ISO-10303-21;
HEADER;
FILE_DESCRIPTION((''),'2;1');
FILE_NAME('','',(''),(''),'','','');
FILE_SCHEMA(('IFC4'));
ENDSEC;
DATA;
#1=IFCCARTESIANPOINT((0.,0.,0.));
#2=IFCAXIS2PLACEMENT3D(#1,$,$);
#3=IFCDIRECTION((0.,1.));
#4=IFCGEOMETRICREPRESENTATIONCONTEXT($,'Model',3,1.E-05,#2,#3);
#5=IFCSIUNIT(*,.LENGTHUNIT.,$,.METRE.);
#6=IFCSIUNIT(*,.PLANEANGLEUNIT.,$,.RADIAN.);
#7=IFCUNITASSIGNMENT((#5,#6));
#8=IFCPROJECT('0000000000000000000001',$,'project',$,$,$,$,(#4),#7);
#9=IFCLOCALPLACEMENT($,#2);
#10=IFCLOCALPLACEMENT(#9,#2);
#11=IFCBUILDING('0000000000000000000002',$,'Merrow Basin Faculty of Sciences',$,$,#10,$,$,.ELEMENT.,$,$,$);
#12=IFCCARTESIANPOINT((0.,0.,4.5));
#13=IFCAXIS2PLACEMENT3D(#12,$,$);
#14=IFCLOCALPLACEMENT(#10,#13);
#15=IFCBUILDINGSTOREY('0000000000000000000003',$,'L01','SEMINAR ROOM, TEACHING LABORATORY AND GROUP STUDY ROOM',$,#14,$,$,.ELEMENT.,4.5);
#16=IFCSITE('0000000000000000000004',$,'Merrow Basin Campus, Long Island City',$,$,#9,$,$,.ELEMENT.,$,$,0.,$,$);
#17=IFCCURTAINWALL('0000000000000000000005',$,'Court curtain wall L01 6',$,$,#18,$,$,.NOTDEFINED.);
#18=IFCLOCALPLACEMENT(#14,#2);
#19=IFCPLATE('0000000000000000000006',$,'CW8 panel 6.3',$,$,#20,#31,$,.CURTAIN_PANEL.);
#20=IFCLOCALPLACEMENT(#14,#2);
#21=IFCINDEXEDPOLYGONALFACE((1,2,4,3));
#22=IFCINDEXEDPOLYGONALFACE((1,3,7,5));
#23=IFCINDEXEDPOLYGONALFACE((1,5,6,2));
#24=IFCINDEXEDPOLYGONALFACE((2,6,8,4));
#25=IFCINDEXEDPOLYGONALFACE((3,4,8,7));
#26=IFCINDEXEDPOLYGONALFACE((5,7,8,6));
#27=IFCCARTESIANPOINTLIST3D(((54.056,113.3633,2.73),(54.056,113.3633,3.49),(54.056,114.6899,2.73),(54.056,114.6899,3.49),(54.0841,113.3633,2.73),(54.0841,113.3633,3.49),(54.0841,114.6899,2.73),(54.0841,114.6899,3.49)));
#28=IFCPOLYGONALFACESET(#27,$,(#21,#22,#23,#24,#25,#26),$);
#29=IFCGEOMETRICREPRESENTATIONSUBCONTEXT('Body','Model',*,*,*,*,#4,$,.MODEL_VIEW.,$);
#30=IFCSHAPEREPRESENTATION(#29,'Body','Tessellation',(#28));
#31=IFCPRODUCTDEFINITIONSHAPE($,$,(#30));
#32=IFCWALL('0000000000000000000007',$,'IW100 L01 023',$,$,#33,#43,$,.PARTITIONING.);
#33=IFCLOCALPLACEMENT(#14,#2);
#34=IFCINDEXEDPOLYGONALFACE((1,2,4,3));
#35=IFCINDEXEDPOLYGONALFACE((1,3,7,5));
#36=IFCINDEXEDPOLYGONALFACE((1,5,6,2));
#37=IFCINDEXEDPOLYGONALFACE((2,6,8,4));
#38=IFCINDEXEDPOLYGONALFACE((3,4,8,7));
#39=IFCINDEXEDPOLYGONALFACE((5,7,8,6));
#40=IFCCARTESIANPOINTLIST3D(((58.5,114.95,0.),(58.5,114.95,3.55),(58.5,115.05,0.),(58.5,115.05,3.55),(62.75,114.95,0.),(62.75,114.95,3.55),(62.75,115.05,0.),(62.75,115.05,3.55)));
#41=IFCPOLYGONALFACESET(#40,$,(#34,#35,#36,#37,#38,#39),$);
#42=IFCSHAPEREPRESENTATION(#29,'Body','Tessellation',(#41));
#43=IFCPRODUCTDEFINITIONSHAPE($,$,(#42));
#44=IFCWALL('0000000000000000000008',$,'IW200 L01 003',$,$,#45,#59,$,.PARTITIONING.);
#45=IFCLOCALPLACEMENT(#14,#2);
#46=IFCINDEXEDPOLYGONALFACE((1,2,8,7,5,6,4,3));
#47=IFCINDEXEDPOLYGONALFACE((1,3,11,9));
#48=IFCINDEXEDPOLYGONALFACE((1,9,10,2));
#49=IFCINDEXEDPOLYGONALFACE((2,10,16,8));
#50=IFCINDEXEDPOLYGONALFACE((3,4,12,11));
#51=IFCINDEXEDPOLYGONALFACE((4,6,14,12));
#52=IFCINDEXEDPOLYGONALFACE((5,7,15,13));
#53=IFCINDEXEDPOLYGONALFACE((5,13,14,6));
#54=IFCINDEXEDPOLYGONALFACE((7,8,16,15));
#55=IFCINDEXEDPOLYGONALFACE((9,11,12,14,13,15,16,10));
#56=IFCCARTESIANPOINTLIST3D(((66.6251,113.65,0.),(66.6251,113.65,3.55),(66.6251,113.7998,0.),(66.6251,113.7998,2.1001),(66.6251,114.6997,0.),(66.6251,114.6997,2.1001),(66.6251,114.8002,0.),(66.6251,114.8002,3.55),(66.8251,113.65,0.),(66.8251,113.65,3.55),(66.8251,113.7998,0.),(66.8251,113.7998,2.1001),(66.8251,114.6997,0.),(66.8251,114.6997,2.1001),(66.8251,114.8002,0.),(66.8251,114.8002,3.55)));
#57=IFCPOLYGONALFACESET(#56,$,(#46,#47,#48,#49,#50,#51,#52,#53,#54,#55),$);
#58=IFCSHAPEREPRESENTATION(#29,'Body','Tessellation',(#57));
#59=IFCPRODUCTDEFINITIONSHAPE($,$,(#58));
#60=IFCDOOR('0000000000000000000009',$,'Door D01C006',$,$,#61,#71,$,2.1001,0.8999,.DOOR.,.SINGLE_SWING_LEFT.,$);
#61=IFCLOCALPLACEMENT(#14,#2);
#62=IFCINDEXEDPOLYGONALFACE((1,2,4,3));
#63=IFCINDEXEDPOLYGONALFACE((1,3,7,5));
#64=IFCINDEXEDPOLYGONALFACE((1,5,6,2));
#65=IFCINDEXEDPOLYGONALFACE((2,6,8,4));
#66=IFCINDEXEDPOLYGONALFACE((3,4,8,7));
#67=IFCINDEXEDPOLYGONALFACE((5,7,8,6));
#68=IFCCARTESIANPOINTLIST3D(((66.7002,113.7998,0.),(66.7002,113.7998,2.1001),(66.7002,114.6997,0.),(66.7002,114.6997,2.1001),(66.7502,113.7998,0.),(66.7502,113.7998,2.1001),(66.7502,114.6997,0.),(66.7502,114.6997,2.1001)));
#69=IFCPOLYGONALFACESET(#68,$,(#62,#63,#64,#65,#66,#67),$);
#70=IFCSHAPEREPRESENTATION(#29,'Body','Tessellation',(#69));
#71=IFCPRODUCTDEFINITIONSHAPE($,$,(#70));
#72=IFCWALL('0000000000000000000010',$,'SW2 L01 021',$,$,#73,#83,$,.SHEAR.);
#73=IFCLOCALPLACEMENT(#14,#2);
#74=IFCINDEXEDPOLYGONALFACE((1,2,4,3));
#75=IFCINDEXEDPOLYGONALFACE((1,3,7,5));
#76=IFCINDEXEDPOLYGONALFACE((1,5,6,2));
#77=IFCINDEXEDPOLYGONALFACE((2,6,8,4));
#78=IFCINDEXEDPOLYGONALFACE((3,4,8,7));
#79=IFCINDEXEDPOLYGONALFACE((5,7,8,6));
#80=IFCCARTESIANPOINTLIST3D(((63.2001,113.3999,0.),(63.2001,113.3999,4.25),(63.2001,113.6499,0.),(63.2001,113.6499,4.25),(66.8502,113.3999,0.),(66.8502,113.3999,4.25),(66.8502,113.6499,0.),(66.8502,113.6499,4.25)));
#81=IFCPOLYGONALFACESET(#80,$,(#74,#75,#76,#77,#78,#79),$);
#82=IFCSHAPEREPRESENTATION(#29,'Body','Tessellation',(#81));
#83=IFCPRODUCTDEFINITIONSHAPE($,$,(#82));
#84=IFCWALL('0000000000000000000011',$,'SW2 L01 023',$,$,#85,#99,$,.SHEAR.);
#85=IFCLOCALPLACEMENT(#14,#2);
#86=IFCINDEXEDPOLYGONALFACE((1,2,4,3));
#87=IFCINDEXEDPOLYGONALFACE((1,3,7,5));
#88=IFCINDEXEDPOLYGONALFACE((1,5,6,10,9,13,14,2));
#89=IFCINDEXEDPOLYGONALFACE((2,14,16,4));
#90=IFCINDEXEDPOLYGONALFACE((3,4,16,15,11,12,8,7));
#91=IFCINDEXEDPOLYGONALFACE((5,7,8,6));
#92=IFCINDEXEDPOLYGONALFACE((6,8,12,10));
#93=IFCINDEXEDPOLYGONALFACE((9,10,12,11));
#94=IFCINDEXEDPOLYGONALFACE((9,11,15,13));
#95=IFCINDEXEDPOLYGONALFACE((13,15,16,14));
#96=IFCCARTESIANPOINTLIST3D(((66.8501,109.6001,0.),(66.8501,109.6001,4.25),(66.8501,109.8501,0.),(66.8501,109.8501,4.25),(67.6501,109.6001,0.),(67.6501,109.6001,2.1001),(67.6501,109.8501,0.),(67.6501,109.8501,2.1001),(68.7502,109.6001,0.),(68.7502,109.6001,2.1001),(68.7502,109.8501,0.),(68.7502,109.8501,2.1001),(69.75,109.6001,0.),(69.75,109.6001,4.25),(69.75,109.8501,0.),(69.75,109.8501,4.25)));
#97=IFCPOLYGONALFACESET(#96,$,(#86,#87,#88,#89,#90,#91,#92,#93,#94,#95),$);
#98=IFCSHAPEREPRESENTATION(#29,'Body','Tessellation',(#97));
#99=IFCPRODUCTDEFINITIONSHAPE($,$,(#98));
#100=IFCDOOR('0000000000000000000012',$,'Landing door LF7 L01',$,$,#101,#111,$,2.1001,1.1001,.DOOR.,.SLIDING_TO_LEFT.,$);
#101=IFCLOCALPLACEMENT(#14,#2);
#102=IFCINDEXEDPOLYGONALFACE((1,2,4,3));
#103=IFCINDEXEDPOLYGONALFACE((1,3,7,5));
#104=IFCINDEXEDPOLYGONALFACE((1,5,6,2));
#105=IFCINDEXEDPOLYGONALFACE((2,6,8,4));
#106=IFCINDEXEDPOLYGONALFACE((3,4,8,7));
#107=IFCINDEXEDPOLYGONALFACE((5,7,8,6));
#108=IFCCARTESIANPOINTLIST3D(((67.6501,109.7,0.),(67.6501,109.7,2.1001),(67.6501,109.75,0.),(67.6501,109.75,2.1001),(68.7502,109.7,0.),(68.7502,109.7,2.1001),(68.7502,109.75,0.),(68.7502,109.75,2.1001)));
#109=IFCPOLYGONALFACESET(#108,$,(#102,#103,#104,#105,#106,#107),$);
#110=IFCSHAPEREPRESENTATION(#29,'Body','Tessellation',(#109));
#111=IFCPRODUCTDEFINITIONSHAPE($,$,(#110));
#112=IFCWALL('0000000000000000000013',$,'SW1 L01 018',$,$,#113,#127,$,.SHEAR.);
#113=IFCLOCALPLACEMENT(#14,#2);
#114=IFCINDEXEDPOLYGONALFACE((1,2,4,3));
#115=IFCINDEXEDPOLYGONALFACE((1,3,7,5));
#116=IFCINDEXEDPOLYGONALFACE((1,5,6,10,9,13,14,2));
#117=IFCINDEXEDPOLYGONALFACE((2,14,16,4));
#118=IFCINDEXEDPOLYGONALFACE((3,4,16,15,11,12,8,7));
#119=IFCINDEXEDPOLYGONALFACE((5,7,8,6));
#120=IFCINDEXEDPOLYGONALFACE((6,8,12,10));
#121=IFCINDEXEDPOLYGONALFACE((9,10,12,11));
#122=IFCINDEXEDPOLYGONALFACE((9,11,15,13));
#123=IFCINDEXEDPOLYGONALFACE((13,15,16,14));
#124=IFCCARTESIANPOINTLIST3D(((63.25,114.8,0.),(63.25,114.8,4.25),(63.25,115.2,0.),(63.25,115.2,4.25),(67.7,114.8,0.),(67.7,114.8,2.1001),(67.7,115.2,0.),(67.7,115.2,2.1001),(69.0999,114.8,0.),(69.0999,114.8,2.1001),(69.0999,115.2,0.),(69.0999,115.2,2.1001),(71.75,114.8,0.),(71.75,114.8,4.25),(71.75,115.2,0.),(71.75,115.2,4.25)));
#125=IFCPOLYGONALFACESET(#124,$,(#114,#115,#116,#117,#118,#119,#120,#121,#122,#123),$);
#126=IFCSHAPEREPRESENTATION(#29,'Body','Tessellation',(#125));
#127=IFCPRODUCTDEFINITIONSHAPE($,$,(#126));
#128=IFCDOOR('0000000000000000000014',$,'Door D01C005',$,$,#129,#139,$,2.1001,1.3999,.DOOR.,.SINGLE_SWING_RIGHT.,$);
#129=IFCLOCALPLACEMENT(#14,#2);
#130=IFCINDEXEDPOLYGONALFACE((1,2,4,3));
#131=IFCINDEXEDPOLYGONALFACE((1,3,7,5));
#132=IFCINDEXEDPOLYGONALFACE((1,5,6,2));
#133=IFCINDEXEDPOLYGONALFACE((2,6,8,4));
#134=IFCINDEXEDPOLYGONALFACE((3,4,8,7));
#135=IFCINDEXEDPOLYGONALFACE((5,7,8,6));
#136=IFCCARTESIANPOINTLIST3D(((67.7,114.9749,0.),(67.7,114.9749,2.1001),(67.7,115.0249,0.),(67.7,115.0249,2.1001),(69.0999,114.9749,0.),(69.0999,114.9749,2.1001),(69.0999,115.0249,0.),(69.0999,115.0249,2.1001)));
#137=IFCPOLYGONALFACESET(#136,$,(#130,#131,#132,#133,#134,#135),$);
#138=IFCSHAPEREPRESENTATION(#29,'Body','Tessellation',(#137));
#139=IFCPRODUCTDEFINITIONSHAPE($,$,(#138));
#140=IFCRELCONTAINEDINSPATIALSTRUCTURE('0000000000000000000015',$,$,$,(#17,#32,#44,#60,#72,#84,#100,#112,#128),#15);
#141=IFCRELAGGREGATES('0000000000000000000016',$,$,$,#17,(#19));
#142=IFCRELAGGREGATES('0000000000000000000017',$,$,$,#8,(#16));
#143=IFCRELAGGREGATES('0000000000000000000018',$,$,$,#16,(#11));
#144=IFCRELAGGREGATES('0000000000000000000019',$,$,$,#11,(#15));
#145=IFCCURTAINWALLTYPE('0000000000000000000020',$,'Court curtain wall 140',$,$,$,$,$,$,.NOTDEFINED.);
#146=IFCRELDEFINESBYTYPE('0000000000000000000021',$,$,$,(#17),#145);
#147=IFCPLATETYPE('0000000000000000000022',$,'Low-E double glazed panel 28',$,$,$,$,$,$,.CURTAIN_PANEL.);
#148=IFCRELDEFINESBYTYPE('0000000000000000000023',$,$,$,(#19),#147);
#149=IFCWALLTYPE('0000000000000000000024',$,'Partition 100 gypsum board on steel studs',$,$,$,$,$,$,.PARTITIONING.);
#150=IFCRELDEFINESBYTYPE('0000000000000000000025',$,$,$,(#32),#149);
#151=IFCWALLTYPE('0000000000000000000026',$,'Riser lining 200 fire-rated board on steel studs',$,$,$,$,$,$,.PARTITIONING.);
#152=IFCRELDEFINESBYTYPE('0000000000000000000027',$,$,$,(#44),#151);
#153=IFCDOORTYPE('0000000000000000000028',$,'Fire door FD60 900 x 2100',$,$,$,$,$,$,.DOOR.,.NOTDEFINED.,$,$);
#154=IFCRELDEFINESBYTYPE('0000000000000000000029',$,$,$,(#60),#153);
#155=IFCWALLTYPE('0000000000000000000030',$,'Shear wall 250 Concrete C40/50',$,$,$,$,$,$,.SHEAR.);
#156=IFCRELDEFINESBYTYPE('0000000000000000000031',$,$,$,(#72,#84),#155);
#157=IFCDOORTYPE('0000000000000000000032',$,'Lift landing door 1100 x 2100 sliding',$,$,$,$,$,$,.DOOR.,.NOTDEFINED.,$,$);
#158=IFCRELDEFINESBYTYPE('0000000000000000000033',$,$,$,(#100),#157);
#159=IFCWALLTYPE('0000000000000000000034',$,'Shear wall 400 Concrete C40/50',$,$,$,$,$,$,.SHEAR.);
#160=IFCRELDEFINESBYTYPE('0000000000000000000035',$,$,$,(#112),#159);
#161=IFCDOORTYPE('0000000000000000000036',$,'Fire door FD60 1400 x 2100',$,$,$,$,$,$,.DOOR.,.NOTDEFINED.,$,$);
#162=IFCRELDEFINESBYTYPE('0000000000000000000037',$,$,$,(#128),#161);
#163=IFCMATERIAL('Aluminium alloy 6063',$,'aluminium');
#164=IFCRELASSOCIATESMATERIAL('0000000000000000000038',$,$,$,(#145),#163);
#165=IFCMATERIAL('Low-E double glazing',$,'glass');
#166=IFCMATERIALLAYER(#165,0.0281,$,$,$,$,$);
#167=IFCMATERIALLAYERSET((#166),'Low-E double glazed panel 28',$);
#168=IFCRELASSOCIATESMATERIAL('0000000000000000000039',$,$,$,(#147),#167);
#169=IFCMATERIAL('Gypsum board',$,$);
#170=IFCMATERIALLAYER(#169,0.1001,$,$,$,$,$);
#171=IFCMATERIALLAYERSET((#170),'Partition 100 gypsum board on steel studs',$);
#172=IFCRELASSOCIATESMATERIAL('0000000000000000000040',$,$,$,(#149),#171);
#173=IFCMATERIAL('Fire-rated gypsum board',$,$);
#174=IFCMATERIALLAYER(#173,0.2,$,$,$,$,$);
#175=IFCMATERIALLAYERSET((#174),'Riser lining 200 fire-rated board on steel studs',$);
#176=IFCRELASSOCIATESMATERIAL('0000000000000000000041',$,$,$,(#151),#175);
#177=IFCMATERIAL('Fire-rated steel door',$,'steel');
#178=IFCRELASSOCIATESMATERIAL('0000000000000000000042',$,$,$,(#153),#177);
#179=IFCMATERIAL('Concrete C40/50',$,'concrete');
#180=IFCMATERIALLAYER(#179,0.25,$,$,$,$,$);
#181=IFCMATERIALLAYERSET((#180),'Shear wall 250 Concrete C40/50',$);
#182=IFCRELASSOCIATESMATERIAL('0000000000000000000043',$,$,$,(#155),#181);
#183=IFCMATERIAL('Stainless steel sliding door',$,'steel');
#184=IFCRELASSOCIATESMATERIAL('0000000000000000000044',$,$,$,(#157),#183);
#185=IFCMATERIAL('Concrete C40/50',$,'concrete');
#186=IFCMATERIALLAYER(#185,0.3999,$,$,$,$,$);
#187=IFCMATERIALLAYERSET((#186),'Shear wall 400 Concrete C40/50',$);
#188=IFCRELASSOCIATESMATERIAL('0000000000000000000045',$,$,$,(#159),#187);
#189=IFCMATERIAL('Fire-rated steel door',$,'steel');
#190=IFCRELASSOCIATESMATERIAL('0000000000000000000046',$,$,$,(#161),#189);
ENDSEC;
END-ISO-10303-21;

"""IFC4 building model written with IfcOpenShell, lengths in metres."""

from ifc_helpers import new_model, si_unit, direction, frame, frame_2d, origin, origin_2d, place, context, subcontext, project, spatial, rectangle, extrude, material, layer, layer_set, type_object, element, fill, aggregate, save


model = new_model("IFC4")

# Units and contexts
model_context = context("Model", 3, precision=1e-05, world=origin(), true_north=direction((0.0, 1.0)))
body_context = subcontext(model_context, "Body", "Model", "MODEL_VIEW")
ifc_project = project(units=[si_unit("LENGTHUNIT", "METRE"), si_unit("PLANEANGLEUNIT", "RADIAN")], contexts=[model_context])

# Site, building, storey
site_placement = place(None, origin())
site = spatial("IfcSite", under=ifc_project, at=site_placement, Name="Merrow Basin Campus, Long Island City", CompositionType="ELEMENT", RefElevation=0.0)
building_placement = place(site_placement, origin())
building = spatial("IfcBuilding", under=site, at=building_placement, Name="Merrow Basin Faculty of Sciences", CompositionType="ELEMENT")
storey_placement = place(building_placement, frame((0.0, 0.0, 4.5)))
storey = spatial("IfcBuildingStorey", under=building, at=storey_placement, Name="L01", Description="SEMINAR ROOM, TEACHING LABORATORY AND GROUP STUDY ROOM", CompositionType="ELEMENT", Elevation=4.5)

# Curtain wall
ifc_material_1 = material(Name="Aluminium alloy 6063", Category="aluminium")
curtain_wall_type = type_object("IfcCurtainWallType", Name="Court curtain wall 140", PredefinedType="NOTDEFINED", material=ifc_material_1)
curtain_wall_placement = place(storey_placement, origin())
curtain_wall = element("IfcCurtainWall", 1, at=curtain_wall_placement, inside=storey, type_object=curtain_wall_type, Name="Court curtain wall L01 6", PredefinedType="NOTDEFINED")

# Plate
ifc_material_2 = material(Name="Low-E double glazing", Category="glass")
ifc_layer_1 = layer(ifc_material_2, 0.0281)
ifc_layer_set_1 = layer_set([ifc_layer_1], Name="Low-E double glazed panel 28")
plate_type_1 = type_object("IfcPlateType", Name="Low-E double glazed panel 28", PredefinedType="CURTAIN_PANEL", material=ifc_layer_set_1)
plate_1_placement = place(storey_placement, frame((54.0701, 114.0266, 2.73), z_axis=(0.0, 0.0, 1.0), x_axis=(0.0, 1.0, 0.0)))
plate_1 = element("IfcPlate", 2, at=plate_1_placement, type_object=plate_type_1, Name="CW8 panel 6.3", PredefinedType="CURTAIN_PANEL", context=body_context, shape_type="SweptSolid", body=[
    extrude(rectangle(XDim=1.3267, YDim=0.0281, at=origin_2d()), origin(), (0.0, 0.0, 1.0), 0.76),
])
aggregate(curtain_wall, [plate_1])

# Wall
ifc_material_3 = material(Name="Gypsum board")
ifc_layer_2 = layer(ifc_material_3, 0.1001)
ifc_layer_set_2 = layer_set([ifc_layer_2], Name="Partition 100 gypsum board on steel studs")
wall_type_1 = type_object("IfcWallType", Name="Partition 100 gypsum board on steel studs", PredefinedType="PARTITIONING", material=ifc_layer_set_2)
wall_1_placement = place(storey_placement, frame((58.5, 115.0, 0.0), z_axis=(0.0, 0.0, 1.0), x_axis=(1.0, 0.0, 0.0)))
element("IfcWall", 3, at=wall_1_placement, inside=storey, type_object=wall_type_1, Name="IW100 L01 023", PredefinedType="PARTITIONING", context=body_context, shape_type="SweptSolid", body=[
    extrude(rectangle(XDim=4.25, YDim=0.1001, at=frame_2d((2.125, 0.0))), origin(), (0.0, 0.0, 1.0), 3.55),
])

# Wall, opening, door
ifc_material_4 = material(Name="Fire-rated gypsum board")
ifc_layer_3 = layer(ifc_material_4, 0.2)
ifc_layer_set_3 = layer_set([ifc_layer_3], Name="Riser lining 200 fire-rated board on steel studs")
wall_type_2 = type_object("IfcWallType", Name="Riser lining 200 fire-rated board on steel studs", PredefinedType="PARTITIONING", material=ifc_layer_set_3)
wall_2_placement = place(storey_placement, frame((66.7251, 113.6499, 0.0), z_axis=(0.0, 0.0, 1.0), x_axis=(0.0, 1.0, 0.0)))
wall_2 = element("IfcWall", 4, at=wall_2_placement, inside=storey, type_object=wall_type_2, Name="IW200 L01 003", PredefinedType="PARTITIONING", context=body_context, shape_type="SweptSolid", body=[
    extrude(rectangle(XDim=1.1501, YDim=0.2, at=frame_2d((0.5752, 0.0))), origin(), (0.0, 0.0, 1.0), 3.55),
])
opening_1_placement = place(wall_2_placement, frame((0.1499, 0.0, 0.0)))
opening_1 = element("IfcOpeningElement", 5, at=opening_1_placement, cuts=wall_2, PredefinedType="OPENING", context=body_context, shape_type="SweptSolid", body=[
    extrude(rectangle(XDim=0.8999, YDim=2.1001, at=frame_2d((0.45, 1.05))), frame((0.0, 0.1099, 0.0), z_axis=(0.0, -1.0, 0.0), x_axis=(1.0, 0.0, 0.0)), (0.0, 0.0, 1.0), 0.22),
])
ifc_material_5 = material(Name="Fire-rated steel door", Category="steel")
door_type_1 = type_object("IfcDoorType", Name="Fire door FD60 900 x 2100", OperationType="NOTDEFINED", PredefinedType="DOOR", material=ifc_material_5)
door_1_placement = place(opening_1_placement, origin())
door_1 = element("IfcDoor", 6, at=door_1_placement, inside=storey, type_object=door_type_1, Name="Door D01C006", OperationType="SINGLE_SWING_LEFT", OverallHeight=2.1001, OverallWidth=0.8999, PredefinedType="DOOR", context=body_context, shape_type="SweptSolid", body=[
    extrude(rectangle(XDim=0.8999, YDim=2.1001, at=frame_2d((0.45, 1.05))), frame((0.0, 0.0249, 0.0), z_axis=(0.0, -1.0, 0.0), x_axis=(1.0, 0.0, 0.0)), (0.0, 0.0, 1.0), 0.05),
])
fill(opening_1, door_1)

# Wall
ifc_material_6 = material(Name="Concrete C40/50", Category="concrete")
ifc_layer_4 = layer(ifc_material_6, 0.25)
ifc_layer_set_4 = layer_set([ifc_layer_4], Name="Shear wall 250 Concrete C40/50")
wall_type_3 = type_object("IfcWallType", Name="Shear wall 250 Concrete C40/50", PredefinedType="SHEAR", material=ifc_layer_set_4)
wall_3_placement = place(storey_placement, frame((63.2, 113.5249, 0.0), z_axis=(0.0, 0.0, 1.0), x_axis=(1.0, 0.0, 0.0)))
element("IfcWall", 7, at=wall_3_placement, inside=storey, type_object=wall_type_3, Name="SW2 L01 021", PredefinedType="SHEAR", context=body_context, shape_type="SweptSolid", body=[
    extrude(rectangle(XDim=3.6501, YDim=0.25, at=frame_2d((1.8252, 0.0))), origin(), (0.0, 0.0, 1.0), 4.25),
])

# Walls, openings, doors
wall_4_placement = place(storey_placement, frame((66.8501, 109.7251, 0.0), z_axis=(0.0, 0.0, 1.0), x_axis=(1.0, 0.0, 0.0)))
wall_4 = element("IfcWall", 8, at=wall_4_placement, inside=storey, type_object=wall_type_3, Name="SW2 L01 023", PredefinedType="SHEAR", context=body_context, shape_type="SweptSolid", body=[
    extrude(rectangle(XDim=2.8999, YDim=0.25, at=frame_2d((1.45, 0.0))), origin(), (0.0, 0.0, 1.0), 4.25),
])
opening_2_placement = place(wall_4_placement, frame((0.8, 0.0, 0.0)))
opening_2 = element("IfcOpeningElement", 9, at=opening_2_placement, cuts=wall_4, PredefinedType="OPENING", context=body_context, shape_type="SweptSolid", body=[
    extrude(rectangle(XDim=1.1001, YDim=2.1001, at=frame_2d((0.55, 1.05))), frame((0.0, 0.135, 0.0), z_axis=(0.0, -1.0, 0.0), x_axis=(1.0, 0.0, 0.0)), (0.0, 0.0, 1.0), 0.27),
])
ifc_material_7 = material(Name="Stainless steel sliding door", Category="steel")
door_type_2 = type_object("IfcDoorType", Name="Lift landing door 1100 x 2100 sliding", OperationType="NOTDEFINED", PredefinedType="DOOR", material=ifc_material_7)
door_2_placement = place(opening_2_placement, origin())
door_2 = element("IfcDoor", 10, at=door_2_placement, inside=storey, type_object=door_type_2, Name="Landing door LF7 L01", OperationType="SLIDING_TO_LEFT", OverallHeight=2.1001, OverallWidth=1.1001, PredefinedType="DOOR", context=body_context, shape_type="SweptSolid", body=[
    extrude(rectangle(XDim=1.1001, YDim=2.1001, at=frame_2d((0.55, 1.05))), frame((0.0, 0.0249, 0.0), z_axis=(0.0, -1.0, 0.0), x_axis=(1.0, 0.0, 0.0)), (0.0, 0.0, 1.0), 0.05),
])
fill(opening_2, door_2)
ifc_material_8 = material(Name="Concrete C40/50", Category="concrete")
ifc_layer_5 = layer(ifc_material_8, 0.3999)
ifc_layer_set_5 = layer_set([ifc_layer_5], Name="Shear wall 400 Concrete C40/50")
wall_type_4 = type_object("IfcWallType", Name="Shear wall 400 Concrete C40/50", PredefinedType="SHEAR", material=ifc_layer_set_5)
wall_5_placement = place(storey_placement, frame((63.25, 115.0, 0.0), z_axis=(0.0, 0.0, 1.0), x_axis=(1.0, 0.0, 0.0)))
wall_5 = element("IfcWall", 11, at=wall_5_placement, inside=storey, type_object=wall_type_4, Name="SW1 L01 018", PredefinedType="SHEAR", context=body_context, shape_type="SweptSolid", body=[
    extrude(rectangle(XDim=8.5, YDim=0.3999, at=frame_2d((4.25, 0.0))), origin(), (0.0, 0.0, 1.0), 4.25),
])
opening_3_placement = place(wall_5_placement, frame((4.45, 0.0, 0.0)))
opening_3 = element("IfcOpeningElement", 12, at=opening_3_placement, cuts=wall_5, PredefinedType="OPENING", context=body_context, shape_type="SweptSolid", body=[
    extrude(rectangle(XDim=1.3999, YDim=2.1001, at=frame_2d((0.7, 1.05))), frame((0.0, 0.21, 0.0), z_axis=(0.0, -1.0, 0.0), x_axis=(1.0, 0.0, 0.0)), (0.0, 0.0, 1.0), 0.4199),
])
ifc_material_9 = material(Name="Fire-rated steel door", Category="steel")
door_type_3 = type_object("IfcDoorType", Name="Fire door FD60 1400 x 2100", OperationType="NOTDEFINED", PredefinedType="DOOR", material=ifc_material_9)
door_3_placement = place(opening_3_placement, origin())
door_3 = element("IfcDoor", 13, at=door_3_placement, inside=storey, type_object=door_type_3, Name="Door D01C005", OperationType="SINGLE_SWING_RIGHT", OverallHeight=2.1001, OverallWidth=1.3999, PredefinedType="DOOR", context=body_context, shape_type="SweptSolid", body=[
    extrude(rectangle(XDim=1.3999, YDim=2.1001, at=frame_2d((0.7, 1.05))), frame((0.0, 0.0249, 0.0), z_axis=(0.0, -1.0, 0.0), x_axis=(1.0, 0.0, 0.0)), (0.0, 0.0, 1.0), 0.05),
])
fill(opening_3, door_3)

save(model, "model.ifc")
